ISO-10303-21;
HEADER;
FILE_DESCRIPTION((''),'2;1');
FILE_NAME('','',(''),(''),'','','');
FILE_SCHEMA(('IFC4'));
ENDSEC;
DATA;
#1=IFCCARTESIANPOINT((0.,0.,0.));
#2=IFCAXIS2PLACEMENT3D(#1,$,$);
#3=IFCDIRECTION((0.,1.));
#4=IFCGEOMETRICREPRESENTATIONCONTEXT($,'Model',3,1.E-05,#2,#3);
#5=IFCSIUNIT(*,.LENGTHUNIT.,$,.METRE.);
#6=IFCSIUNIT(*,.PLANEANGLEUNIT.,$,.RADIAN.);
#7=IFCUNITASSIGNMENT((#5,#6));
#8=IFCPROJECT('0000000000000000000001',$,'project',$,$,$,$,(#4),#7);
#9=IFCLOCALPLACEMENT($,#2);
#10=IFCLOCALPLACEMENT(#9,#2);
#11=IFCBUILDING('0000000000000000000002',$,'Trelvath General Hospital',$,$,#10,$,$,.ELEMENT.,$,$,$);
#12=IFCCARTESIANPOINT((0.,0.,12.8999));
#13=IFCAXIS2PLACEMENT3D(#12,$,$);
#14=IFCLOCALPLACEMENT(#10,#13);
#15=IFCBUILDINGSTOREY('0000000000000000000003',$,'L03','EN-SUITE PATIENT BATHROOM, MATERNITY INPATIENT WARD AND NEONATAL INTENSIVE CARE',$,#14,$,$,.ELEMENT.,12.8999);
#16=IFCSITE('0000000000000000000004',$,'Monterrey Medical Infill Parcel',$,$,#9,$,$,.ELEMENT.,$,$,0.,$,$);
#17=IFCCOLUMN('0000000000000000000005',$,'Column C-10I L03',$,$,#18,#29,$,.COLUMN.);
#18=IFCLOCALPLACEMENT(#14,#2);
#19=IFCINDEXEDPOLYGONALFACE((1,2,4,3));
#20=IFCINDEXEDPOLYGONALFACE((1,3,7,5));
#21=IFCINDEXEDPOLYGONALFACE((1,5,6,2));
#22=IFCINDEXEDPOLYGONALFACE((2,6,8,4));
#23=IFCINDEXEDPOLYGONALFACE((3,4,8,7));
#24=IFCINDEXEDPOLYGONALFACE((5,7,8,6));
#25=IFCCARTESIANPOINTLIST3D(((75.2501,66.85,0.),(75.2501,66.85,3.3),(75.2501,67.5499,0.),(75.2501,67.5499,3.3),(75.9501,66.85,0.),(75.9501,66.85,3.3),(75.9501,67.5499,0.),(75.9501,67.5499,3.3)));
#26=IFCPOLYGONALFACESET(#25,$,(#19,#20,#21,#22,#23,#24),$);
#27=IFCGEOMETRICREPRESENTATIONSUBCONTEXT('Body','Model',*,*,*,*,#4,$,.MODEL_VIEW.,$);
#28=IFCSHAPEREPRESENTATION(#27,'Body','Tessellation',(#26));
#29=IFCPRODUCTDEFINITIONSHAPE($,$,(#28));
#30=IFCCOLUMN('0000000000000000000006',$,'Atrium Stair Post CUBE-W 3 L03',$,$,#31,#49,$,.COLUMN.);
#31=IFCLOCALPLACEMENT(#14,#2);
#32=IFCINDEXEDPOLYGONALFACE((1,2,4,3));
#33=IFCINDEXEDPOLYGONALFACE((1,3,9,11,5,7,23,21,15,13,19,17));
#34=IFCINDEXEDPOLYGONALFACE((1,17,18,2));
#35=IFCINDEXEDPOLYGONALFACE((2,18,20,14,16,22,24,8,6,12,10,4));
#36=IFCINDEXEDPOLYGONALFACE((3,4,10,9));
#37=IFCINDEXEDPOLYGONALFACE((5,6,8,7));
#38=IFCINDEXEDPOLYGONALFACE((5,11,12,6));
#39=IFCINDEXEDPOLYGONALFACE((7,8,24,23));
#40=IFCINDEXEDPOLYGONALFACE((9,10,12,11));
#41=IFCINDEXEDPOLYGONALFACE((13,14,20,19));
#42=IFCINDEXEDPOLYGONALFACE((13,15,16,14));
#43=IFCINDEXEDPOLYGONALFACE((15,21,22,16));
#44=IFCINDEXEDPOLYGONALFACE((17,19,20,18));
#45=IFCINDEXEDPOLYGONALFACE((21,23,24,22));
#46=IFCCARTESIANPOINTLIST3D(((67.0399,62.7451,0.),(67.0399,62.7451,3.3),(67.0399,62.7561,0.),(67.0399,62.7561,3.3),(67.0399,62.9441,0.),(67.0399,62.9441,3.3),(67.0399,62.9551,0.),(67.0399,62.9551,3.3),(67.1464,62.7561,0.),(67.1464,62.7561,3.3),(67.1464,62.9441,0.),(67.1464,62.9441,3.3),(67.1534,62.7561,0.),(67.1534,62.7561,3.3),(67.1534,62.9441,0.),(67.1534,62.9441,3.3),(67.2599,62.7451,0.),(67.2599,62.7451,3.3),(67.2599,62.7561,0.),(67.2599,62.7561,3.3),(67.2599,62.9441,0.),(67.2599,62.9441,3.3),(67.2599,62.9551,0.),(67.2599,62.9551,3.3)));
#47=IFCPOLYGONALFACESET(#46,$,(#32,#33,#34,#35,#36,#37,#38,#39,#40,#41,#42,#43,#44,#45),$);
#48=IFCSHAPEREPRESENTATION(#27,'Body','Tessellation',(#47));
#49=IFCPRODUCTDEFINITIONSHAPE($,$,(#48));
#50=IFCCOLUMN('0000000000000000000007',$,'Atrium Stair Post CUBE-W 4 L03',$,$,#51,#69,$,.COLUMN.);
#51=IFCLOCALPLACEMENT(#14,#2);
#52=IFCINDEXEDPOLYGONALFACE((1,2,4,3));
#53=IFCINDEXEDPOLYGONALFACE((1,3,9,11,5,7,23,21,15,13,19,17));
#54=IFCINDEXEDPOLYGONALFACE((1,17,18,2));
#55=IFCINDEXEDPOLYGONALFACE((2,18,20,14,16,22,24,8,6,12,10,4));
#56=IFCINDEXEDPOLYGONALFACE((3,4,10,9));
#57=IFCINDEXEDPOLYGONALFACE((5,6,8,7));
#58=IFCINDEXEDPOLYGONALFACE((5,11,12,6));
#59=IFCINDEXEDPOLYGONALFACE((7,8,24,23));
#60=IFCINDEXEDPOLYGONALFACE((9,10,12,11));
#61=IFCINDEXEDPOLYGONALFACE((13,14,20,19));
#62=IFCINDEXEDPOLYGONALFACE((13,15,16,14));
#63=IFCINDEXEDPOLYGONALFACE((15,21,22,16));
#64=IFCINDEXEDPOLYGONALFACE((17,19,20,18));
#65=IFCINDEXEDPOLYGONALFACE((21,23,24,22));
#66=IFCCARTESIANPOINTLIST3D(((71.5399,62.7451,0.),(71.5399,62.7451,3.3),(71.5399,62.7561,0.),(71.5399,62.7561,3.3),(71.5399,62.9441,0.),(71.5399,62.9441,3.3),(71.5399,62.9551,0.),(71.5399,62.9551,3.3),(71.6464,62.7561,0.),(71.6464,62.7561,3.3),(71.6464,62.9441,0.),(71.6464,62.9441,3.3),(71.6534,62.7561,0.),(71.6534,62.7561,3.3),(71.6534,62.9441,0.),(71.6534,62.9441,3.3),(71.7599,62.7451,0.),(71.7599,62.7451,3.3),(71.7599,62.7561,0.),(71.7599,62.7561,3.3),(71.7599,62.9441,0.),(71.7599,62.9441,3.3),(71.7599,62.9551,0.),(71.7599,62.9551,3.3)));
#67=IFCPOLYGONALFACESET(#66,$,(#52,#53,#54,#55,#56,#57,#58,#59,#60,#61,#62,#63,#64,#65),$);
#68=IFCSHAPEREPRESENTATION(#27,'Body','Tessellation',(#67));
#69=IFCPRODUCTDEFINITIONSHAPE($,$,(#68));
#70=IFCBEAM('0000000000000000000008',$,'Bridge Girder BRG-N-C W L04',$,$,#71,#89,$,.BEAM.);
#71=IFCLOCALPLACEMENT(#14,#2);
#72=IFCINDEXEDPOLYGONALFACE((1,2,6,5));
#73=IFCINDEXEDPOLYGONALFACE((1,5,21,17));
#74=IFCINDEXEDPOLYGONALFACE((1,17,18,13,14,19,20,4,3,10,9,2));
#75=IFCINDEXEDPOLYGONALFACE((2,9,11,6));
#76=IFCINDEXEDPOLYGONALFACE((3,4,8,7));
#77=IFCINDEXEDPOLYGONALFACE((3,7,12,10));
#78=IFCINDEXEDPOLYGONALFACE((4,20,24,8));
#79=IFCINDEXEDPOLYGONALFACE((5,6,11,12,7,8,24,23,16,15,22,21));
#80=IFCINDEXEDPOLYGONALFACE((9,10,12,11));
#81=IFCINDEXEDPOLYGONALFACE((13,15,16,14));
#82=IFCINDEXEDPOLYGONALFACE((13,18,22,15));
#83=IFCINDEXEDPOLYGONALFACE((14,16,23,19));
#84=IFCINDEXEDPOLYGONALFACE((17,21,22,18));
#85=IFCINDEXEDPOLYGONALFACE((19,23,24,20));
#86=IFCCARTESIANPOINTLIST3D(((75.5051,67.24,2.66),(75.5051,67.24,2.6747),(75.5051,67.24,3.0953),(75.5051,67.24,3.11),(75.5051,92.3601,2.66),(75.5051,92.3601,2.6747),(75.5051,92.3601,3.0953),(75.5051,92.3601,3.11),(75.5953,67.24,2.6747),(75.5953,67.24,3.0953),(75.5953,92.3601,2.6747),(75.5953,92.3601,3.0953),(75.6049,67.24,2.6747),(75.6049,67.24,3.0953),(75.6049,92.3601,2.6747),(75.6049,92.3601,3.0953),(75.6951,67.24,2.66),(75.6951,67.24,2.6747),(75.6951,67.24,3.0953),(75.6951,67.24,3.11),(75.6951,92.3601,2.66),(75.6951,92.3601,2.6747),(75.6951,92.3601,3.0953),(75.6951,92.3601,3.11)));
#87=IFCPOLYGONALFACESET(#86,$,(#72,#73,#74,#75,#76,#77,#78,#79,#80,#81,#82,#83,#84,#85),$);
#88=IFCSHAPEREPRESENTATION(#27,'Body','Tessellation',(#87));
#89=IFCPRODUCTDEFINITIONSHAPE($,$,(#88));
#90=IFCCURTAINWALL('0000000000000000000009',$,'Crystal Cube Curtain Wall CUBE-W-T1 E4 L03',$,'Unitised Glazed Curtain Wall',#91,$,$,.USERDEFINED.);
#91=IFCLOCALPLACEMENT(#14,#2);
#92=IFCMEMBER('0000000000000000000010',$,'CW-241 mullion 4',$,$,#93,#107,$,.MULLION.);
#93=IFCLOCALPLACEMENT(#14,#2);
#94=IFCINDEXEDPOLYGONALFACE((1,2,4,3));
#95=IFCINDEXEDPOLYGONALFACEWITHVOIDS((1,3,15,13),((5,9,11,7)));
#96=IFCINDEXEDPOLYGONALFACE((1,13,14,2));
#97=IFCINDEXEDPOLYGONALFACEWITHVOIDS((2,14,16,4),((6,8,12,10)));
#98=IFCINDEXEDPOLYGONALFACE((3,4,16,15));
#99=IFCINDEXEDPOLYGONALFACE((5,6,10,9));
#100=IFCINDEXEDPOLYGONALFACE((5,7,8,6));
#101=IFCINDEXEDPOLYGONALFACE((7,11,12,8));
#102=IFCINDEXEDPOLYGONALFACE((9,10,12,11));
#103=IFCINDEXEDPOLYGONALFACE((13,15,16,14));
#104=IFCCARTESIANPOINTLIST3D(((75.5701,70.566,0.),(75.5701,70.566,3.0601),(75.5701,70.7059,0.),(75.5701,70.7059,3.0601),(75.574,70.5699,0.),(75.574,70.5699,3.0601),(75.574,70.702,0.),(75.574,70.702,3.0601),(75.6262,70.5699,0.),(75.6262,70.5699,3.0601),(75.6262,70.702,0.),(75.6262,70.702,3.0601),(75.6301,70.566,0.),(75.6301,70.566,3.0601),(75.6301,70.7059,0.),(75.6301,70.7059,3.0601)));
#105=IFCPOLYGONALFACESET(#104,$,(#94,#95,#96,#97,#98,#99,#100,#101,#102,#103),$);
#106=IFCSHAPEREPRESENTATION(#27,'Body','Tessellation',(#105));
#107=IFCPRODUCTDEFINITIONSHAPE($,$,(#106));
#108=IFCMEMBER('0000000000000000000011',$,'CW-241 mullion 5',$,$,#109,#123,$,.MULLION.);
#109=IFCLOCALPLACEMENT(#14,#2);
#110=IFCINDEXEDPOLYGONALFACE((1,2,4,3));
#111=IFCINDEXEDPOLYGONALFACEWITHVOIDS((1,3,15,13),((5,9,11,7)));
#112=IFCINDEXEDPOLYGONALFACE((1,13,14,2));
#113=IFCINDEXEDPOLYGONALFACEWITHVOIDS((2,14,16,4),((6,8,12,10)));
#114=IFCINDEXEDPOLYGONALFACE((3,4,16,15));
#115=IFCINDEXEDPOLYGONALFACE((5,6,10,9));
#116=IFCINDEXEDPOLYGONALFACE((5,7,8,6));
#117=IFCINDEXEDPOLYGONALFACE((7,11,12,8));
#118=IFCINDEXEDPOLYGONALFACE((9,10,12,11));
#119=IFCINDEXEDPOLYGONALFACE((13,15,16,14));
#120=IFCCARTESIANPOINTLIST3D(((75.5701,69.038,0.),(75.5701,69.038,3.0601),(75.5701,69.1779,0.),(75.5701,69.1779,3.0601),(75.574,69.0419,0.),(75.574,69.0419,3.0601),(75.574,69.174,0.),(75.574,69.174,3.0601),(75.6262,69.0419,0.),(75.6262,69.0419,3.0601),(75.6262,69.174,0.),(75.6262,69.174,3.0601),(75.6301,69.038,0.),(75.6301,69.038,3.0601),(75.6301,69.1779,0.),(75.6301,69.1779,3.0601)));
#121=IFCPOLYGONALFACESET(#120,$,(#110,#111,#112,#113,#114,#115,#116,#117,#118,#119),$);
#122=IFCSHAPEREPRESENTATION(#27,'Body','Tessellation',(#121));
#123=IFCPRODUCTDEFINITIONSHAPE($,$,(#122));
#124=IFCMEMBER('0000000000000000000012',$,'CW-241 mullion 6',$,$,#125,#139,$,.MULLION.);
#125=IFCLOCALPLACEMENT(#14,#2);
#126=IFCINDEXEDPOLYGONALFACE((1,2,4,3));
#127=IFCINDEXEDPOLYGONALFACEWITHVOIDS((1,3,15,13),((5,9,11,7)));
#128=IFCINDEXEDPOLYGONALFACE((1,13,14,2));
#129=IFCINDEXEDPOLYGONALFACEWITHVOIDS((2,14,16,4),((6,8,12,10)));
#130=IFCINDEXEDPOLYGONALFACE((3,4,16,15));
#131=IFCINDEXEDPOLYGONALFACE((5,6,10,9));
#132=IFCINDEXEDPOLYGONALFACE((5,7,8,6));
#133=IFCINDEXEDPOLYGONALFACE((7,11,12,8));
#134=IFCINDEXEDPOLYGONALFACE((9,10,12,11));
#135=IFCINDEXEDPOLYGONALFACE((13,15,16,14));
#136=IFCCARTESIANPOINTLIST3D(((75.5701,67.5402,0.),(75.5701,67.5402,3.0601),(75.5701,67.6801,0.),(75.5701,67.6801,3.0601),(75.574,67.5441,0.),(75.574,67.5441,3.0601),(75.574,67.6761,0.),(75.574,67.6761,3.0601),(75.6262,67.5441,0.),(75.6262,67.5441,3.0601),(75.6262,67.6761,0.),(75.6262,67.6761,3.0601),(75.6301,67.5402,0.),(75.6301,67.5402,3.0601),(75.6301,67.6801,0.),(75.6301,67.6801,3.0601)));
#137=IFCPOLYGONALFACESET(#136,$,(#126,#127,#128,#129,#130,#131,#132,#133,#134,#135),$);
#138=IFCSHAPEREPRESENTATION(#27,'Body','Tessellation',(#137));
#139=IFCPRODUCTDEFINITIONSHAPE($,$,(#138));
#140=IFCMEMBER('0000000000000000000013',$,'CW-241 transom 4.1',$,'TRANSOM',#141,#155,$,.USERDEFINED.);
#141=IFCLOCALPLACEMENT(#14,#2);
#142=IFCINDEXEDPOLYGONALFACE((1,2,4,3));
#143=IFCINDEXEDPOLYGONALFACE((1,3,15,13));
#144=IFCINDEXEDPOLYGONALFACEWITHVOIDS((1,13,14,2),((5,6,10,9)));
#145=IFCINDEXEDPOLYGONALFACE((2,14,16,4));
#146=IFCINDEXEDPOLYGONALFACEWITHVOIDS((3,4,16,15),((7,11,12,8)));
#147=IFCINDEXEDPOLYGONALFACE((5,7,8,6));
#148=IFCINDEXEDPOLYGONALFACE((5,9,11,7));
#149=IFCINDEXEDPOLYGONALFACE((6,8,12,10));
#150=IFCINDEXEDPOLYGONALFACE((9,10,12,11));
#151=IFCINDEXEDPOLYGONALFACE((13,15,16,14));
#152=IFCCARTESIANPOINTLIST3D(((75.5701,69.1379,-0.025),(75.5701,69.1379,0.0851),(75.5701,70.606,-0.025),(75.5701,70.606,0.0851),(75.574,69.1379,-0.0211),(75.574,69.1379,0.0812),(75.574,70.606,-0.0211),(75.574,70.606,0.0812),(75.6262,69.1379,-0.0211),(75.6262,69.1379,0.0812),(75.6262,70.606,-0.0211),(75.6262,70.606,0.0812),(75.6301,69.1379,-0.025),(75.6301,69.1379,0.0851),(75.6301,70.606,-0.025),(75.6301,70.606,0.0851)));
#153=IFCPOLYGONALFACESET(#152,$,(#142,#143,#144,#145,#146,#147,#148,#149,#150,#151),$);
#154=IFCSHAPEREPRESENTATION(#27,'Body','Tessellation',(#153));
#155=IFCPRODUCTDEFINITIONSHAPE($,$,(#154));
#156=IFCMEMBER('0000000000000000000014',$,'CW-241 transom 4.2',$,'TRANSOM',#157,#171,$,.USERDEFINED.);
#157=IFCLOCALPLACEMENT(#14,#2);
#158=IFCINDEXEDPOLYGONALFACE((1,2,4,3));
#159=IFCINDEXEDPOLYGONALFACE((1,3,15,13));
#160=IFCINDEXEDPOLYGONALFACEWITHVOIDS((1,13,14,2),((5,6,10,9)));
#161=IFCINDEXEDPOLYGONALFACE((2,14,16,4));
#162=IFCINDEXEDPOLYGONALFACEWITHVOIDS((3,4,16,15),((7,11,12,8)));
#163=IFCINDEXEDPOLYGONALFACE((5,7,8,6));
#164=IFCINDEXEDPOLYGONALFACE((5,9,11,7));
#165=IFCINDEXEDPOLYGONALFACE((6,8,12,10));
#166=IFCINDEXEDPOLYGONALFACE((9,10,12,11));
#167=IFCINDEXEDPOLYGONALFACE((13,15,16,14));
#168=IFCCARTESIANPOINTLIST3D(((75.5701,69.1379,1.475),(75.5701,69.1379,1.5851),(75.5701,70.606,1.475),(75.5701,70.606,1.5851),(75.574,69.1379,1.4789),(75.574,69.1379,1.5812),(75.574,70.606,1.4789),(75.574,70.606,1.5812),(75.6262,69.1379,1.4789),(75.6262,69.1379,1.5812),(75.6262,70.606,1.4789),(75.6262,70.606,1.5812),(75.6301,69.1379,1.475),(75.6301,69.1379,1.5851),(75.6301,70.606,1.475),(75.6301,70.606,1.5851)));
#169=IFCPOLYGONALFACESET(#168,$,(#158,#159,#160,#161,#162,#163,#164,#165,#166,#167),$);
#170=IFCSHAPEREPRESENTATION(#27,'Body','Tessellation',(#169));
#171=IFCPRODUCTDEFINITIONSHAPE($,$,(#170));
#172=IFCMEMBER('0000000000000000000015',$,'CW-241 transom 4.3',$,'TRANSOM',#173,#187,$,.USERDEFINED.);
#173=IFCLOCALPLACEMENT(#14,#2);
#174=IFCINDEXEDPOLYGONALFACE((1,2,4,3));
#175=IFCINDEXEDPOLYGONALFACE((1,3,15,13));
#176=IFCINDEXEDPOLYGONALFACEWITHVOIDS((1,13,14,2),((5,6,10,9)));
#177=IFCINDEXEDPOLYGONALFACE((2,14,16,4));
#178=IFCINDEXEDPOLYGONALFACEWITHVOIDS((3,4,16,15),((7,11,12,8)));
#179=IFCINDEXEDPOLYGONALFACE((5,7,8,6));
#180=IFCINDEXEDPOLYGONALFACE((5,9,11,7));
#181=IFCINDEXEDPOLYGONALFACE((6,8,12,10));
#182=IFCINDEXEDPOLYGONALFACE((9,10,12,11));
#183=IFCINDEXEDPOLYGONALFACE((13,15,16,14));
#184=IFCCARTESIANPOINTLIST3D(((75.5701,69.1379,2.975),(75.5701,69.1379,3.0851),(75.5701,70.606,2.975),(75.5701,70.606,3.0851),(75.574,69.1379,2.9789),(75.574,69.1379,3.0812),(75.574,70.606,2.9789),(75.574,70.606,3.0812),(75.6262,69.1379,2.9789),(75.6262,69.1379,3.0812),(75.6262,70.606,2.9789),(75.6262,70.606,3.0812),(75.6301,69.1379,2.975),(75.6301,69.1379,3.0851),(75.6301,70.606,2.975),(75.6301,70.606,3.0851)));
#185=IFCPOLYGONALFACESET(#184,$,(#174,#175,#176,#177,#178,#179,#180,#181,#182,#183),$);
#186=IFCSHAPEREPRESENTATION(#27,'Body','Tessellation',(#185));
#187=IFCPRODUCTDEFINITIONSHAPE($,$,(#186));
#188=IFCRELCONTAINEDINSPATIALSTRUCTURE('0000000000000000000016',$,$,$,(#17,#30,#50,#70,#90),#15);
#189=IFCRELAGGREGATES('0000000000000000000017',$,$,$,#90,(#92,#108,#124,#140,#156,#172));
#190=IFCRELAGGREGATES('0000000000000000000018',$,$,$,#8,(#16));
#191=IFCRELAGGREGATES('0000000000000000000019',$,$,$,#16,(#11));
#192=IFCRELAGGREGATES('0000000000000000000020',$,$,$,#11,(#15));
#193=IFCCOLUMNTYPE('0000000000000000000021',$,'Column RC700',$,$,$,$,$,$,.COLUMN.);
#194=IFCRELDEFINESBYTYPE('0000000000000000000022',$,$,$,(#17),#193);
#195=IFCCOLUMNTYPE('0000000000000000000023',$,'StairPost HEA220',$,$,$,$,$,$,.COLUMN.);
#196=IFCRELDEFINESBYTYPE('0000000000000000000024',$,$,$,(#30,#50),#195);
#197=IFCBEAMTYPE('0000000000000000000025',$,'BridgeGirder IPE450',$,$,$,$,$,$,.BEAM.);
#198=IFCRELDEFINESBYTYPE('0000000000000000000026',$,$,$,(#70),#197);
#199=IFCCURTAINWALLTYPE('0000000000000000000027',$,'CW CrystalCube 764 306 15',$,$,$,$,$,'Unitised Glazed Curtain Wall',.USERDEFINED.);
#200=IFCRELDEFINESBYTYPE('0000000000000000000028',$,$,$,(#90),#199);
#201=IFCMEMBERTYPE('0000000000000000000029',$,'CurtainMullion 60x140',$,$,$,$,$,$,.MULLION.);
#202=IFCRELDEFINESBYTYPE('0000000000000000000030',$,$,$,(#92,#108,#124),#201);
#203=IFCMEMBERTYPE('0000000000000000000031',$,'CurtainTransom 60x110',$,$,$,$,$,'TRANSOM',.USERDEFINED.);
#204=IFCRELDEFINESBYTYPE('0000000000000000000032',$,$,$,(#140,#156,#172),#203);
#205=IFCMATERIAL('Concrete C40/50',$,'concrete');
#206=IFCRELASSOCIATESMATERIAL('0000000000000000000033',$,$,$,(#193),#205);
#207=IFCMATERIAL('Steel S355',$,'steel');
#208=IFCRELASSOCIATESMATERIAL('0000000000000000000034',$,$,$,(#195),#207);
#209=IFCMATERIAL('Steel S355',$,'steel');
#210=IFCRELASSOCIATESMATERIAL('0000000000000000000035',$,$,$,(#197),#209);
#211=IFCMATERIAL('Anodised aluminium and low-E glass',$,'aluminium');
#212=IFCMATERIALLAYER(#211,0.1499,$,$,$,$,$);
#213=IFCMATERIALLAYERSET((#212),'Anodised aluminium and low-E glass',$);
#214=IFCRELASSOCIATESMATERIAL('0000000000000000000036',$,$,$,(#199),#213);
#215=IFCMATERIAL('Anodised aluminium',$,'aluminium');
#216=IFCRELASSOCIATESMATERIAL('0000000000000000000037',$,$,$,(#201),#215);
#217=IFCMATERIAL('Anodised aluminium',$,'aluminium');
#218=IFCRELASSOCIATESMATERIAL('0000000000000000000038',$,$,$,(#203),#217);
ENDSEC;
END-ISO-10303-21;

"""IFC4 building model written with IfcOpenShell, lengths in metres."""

from ifc_helpers import new_model, si_unit, direction, frame, origin, origin_2d, place, context, subcontext, project, spatial, rectangle, hollow_rectangle, i_section, extrude, material, layer, layer_set, material_profile, profile_set, type_object, element, aggregate, save


model = new_model("IFC4")

# Units and contexts
model_context = context("Model", 3, precision=1e-05, world=origin(), true_north=direction((0.0, 1.0)))
body_context = subcontext(model_context, "Body", "Model", "MODEL_VIEW")
ifc_project = project(units=[si_unit("LENGTHUNIT", "METRE"), si_unit("PLANEANGLEUNIT", "RADIAN")], contexts=[model_context])

# Site, building, storey
site_placement = place(None, origin())
site = spatial("IfcSite", under=ifc_project, at=site_placement, Name="Monterrey Medical Infill Parcel", CompositionType="ELEMENT", RefElevation=0.0)
building_placement = place(site_placement, origin())
building = spatial("IfcBuilding", under=site, at=building_placement, Name="Trelvath General Hospital", CompositionType="ELEMENT")
storey_placement = place(building_placement, frame((0.0, 0.0, 12.8999)))
storey = spatial("IfcBuildingStorey", under=building, at=storey_placement, Name="L03", Description="EN-SUITE PATIENT BATHROOM, MATERNITY INPATIENT WARD AND NEONATAL INTENSIVE CARE", CompositionType="ELEMENT", Elevation=12.8999)

# Columns
ifc_material_1 = material(Name="Concrete C40/50", Category="concrete")
ifc_material_profile_1 = material_profile(ifc_material_1, rectangle(XDim=0.7, YDim=0.7, at=origin_2d()), Name="RC700x700")
ifc_profile_set_1 = profile_set([ifc_material_profile_1], Name="Concrete C40/50")
column_type_1 = type_object("IfcColumnType", Name="Column RC700", PredefinedType="COLUMN", material=ifc_profile_set_1)
column_placement = place(storey_placement, frame((75.6001, 67.2, 0.0), z_axis=(0.0, 0.0, 1.0), x_axis=(1.0, 0.0, 0.0)))
element("IfcColumn", 1, at=column_placement, inside=storey, type_object=column_type_1, Name="Column C-10I L03", PredefinedType="COLUMN", context=body_context, shape_type="SweptSolid", body=[
    extrude(rectangle(XDim=0.7, YDim=0.7, at=origin_2d()), origin(), (0.0, 0.0, 1.0), 3.3),
])
ifc_material_2 = material(Name="Steel S355", Category="steel")
ifc_material_profile_2 = material_profile(ifc_material_2, i_section(OverallWidth=0.22, OverallDepth=0.21, WebThickness=0.0071, FlangeThickness=0.011, at=origin_2d()), Name="HEA220")
ifc_profile_set_2 = profile_set([ifc_material_profile_2], Name="Steel S355")
column_type_2 = type_object("IfcColumnType", Name="StairPost HEA220", PredefinedType="COLUMN", material=ifc_profile_set_2)
for number, where, z_axis, x_axis, name in (
    (2, (67.1499, 62.8501, 0.0), (0.0, 0.0, 1.0), (1.0, 0.0, 0.0), "Atrium Stair Post CUBE-W 3 L03"),
    (3, (71.6499, 62.8501, 0.0), (0.0, 0.0, 1.0), (1.0, 0.0, 0.0), "Atrium Stair Post CUBE-W 4 L03"),
):
    element("IfcColumn", number, at=place(storey_placement, frame(where, z_axis=z_axis, x_axis=x_axis)), inside=storey, type_object=column_type_2, Name=name, PredefinedType="COLUMN", context=body_context, shape_type="SweptSolid", body=[
        extrude(i_section(OverallWidth=0.22, OverallDepth=0.21, WebThickness=0.0071, FlangeThickness=0.011, at=origin_2d()), origin(), (0.0, 0.0, 1.0), 3.3),
    ])

# Beam
ifc_material_3 = material(Name="Steel S355", Category="steel")
ifc_material_profile_3 = material_profile(ifc_material_3, i_section(OverallWidth=0.1899, OverallDepth=0.45, WebThickness=0.0095, FlangeThickness=0.0146, at=origin_2d()), Name="IPE450")
ifc_profile_set_3 = profile_set([ifc_material_profile_3], Name="Steel S355")
beam_type_1 = type_object("IfcBeamType", Name="BridgeGirder IPE450", PredefinedType="BEAM", material=ifc_profile_set_3)
beam_1_placement = place(storey_placement, frame((75.6001, 67.24, 2.885), z_axis=(0.0, 1.0, 0.0), x_axis=(-1.0, 0.0, 0.0)))
element("IfcBeam", 4, at=beam_1_placement, inside=storey, type_object=beam_type_1, Name="Bridge Girder BRG-N-C W L04", PredefinedType="BEAM", context=body_context, shape_type="SweptSolid", body=[
    extrude(i_section(OverallWidth=0.1899, OverallDepth=0.45, WebThickness=0.0095, FlangeThickness=0.0146, at=origin_2d()), origin(), (0.0, 0.0, 1.0), 25.1201),
])

# Curtain wall, members
ifc_material_4 = material(Name="Anodised aluminium and low-E glass", Category="aluminium")
ifc_layer_1 = layer(ifc_material_4, 0.1499)
ifc_layer_set_1 = layer_set([ifc_layer_1], Name="Anodised aluminium and low-E glass")
curtain_wall_type = type_object("IfcCurtainWallType", Name="CW CrystalCube 764 306 15", ElementType="Unitised Glazed Curtain Wall", PredefinedType="USERDEFINED", material=ifc_layer_set_1)
curtain_wall_placement = place(storey_placement, origin())
curtain_wall = element("IfcCurtainWall", 5, at=curtain_wall_placement, inside=storey, type_object=curtain_wall_type, Name="Crystal Cube Curtain Wall CUBE-W-T1 E4 L03", ObjectType="Unitised Glazed Curtain Wall", PredefinedType="USERDEFINED")
ifc_material_5 = material(Name="Anodised aluminium", Category="aluminium")
ifc_material_profile_4 = material_profile(ifc_material_5, hollow_rectangle(XDim=0.0601, YDim=0.1399, WallThickness=0.0039, at=origin_2d()), Name="RHS60x140x4")
ifc_profile_set_4 = profile_set([ifc_material_profile_4], Name="Anodised aluminium")
member_type_1 = type_object("IfcMemberType", Name="CurtainMullion 60x140", PredefinedType="MULLION", material=ifc_profile_set_4)
member_1_placement = place(storey_placement, frame((75.6001, 70.636, 0.0), z_axis=(0.0, 0.0, 1.0), x_axis=(1.0, 0.0, 0.0)))
member_1 = element("IfcMember", 6, at=member_1_placement, type_object=member_type_1, Name="CW-241 mullion 4", PredefinedType="MULLION", context=body_context, shape_type="SweptSolid", body=[
    extrude(hollow_rectangle(XDim=0.0601, YDim=0.1399, WallThickness=0.0039, at=origin_2d()), origin(), (0.0, 0.0, 1.0), 3.0601),
])
member_2_placement = place(storey_placement, frame((75.6001, 69.1079, 0.0), z_axis=(0.0, 0.0, 1.0), x_axis=(1.0, 0.0, 0.0)))
member_2 = element("IfcMember", 7, at=member_2_placement, type_object=member_type_1, Name="CW-241 mullion 5", PredefinedType="MULLION", context=body_context, shape_type="SweptSolid", body=[
    extrude(hollow_rectangle(XDim=0.0601, YDim=0.1399, WallThickness=0.0039, at=origin_2d()), origin(), (0.0, 0.0, 1.0), 3.0601),
])
member_3_placement = place(storey_placement, frame((75.6001, 67.6101, 0.0), z_axis=(0.0, 0.0, 1.0), x_axis=(1.0, 0.0, 0.0)))
member_3 = element("IfcMember", 8, at=member_3_placement, type_object=member_type_1, Name="CW-241 mullion 6", PredefinedType="MULLION", context=body_context, shape_type="SweptSolid", body=[
    extrude(hollow_rectangle(XDim=0.0601, YDim=0.1399, WallThickness=0.0039, at=origin_2d()), origin(), (0.0, 0.0, 1.0), 3.0601),
])
ifc_material_6 = material(Name="Anodised aluminium", Category="aluminium")
ifc_material_profile_5 = material_profile(ifc_material_6, hollow_rectangle(XDim=0.0601, YDim=0.1101, WallThickness=0.0039, at=origin_2d()), Name="RHS60x110x4")
ifc_profile_set_5 = profile_set([ifc_material_profile_5], Name="Anodised aluminium")
member_type_2 = type_object("IfcMemberType", Name="CurtainTransom 60x110", ElementType="TRANSOM", PredefinedType="USERDEFINED", material=ifc_profile_set_5)
member_4_placement = place(storey_placement, frame((75.6001, 70.606, 0.03), z_axis=(0.0, -1.0, 0.0), x_axis=(1.0, 0.0, 0.0)))
member_4 = element("IfcMember", 9, at=member_4_placement, type_object=member_type_2, Name="CW-241 transom 4.1", ObjectType="TRANSOM", PredefinedType="USERDEFINED", context=body_context, shape_type="SweptSolid", body=[
    extrude(hollow_rectangle(XDim=0.0601, YDim=0.1101, WallThickness=0.0039, at=origin_2d()), origin(), (0.0, 0.0, 1.0), 1.468),
])
member_5_placement = place(storey_placement, frame((75.6001, 70.606, 1.53), z_axis=(0.0, -1.0, 0.0), x_axis=(1.0, 0.0, 0.0)))
member_5 = element("IfcMember", 10, at=member_5_placement, type_object=member_type_2, Name="CW-241 transom 4.2", ObjectType="TRANSOM", PredefinedType="USERDEFINED", context=body_context, shape_type="SweptSolid", body=[
    extrude(hollow_rectangle(XDim=0.0601, YDim=0.1101, WallThickness=0.0039, at=origin_2d()), origin(), (0.0, 0.0, 1.0), 1.468),
])
member_6_placement = place(storey_placement, frame((75.6001, 70.606, 3.03), z_axis=(0.0, -1.0, 0.0), x_axis=(1.0, 0.0, 0.0)))
member_6 = element("IfcMember", 11, at=member_6_placement, type_object=member_type_2, Name="CW-241 transom 4.3", ObjectType="TRANSOM", PredefinedType="USERDEFINED", context=body_context, shape_type="SweptSolid", body=[
    extrude(hollow_rectangle(XDim=0.0601, YDim=0.1101, WallThickness=0.0039, at=origin_2d()), origin(), (0.0, 0.0, 1.0), 1.468),
])

aggregate(curtain_wall, [member_1, member_2, member_3, member_4, member_5, member_6])

save(model, "model.ifc")
